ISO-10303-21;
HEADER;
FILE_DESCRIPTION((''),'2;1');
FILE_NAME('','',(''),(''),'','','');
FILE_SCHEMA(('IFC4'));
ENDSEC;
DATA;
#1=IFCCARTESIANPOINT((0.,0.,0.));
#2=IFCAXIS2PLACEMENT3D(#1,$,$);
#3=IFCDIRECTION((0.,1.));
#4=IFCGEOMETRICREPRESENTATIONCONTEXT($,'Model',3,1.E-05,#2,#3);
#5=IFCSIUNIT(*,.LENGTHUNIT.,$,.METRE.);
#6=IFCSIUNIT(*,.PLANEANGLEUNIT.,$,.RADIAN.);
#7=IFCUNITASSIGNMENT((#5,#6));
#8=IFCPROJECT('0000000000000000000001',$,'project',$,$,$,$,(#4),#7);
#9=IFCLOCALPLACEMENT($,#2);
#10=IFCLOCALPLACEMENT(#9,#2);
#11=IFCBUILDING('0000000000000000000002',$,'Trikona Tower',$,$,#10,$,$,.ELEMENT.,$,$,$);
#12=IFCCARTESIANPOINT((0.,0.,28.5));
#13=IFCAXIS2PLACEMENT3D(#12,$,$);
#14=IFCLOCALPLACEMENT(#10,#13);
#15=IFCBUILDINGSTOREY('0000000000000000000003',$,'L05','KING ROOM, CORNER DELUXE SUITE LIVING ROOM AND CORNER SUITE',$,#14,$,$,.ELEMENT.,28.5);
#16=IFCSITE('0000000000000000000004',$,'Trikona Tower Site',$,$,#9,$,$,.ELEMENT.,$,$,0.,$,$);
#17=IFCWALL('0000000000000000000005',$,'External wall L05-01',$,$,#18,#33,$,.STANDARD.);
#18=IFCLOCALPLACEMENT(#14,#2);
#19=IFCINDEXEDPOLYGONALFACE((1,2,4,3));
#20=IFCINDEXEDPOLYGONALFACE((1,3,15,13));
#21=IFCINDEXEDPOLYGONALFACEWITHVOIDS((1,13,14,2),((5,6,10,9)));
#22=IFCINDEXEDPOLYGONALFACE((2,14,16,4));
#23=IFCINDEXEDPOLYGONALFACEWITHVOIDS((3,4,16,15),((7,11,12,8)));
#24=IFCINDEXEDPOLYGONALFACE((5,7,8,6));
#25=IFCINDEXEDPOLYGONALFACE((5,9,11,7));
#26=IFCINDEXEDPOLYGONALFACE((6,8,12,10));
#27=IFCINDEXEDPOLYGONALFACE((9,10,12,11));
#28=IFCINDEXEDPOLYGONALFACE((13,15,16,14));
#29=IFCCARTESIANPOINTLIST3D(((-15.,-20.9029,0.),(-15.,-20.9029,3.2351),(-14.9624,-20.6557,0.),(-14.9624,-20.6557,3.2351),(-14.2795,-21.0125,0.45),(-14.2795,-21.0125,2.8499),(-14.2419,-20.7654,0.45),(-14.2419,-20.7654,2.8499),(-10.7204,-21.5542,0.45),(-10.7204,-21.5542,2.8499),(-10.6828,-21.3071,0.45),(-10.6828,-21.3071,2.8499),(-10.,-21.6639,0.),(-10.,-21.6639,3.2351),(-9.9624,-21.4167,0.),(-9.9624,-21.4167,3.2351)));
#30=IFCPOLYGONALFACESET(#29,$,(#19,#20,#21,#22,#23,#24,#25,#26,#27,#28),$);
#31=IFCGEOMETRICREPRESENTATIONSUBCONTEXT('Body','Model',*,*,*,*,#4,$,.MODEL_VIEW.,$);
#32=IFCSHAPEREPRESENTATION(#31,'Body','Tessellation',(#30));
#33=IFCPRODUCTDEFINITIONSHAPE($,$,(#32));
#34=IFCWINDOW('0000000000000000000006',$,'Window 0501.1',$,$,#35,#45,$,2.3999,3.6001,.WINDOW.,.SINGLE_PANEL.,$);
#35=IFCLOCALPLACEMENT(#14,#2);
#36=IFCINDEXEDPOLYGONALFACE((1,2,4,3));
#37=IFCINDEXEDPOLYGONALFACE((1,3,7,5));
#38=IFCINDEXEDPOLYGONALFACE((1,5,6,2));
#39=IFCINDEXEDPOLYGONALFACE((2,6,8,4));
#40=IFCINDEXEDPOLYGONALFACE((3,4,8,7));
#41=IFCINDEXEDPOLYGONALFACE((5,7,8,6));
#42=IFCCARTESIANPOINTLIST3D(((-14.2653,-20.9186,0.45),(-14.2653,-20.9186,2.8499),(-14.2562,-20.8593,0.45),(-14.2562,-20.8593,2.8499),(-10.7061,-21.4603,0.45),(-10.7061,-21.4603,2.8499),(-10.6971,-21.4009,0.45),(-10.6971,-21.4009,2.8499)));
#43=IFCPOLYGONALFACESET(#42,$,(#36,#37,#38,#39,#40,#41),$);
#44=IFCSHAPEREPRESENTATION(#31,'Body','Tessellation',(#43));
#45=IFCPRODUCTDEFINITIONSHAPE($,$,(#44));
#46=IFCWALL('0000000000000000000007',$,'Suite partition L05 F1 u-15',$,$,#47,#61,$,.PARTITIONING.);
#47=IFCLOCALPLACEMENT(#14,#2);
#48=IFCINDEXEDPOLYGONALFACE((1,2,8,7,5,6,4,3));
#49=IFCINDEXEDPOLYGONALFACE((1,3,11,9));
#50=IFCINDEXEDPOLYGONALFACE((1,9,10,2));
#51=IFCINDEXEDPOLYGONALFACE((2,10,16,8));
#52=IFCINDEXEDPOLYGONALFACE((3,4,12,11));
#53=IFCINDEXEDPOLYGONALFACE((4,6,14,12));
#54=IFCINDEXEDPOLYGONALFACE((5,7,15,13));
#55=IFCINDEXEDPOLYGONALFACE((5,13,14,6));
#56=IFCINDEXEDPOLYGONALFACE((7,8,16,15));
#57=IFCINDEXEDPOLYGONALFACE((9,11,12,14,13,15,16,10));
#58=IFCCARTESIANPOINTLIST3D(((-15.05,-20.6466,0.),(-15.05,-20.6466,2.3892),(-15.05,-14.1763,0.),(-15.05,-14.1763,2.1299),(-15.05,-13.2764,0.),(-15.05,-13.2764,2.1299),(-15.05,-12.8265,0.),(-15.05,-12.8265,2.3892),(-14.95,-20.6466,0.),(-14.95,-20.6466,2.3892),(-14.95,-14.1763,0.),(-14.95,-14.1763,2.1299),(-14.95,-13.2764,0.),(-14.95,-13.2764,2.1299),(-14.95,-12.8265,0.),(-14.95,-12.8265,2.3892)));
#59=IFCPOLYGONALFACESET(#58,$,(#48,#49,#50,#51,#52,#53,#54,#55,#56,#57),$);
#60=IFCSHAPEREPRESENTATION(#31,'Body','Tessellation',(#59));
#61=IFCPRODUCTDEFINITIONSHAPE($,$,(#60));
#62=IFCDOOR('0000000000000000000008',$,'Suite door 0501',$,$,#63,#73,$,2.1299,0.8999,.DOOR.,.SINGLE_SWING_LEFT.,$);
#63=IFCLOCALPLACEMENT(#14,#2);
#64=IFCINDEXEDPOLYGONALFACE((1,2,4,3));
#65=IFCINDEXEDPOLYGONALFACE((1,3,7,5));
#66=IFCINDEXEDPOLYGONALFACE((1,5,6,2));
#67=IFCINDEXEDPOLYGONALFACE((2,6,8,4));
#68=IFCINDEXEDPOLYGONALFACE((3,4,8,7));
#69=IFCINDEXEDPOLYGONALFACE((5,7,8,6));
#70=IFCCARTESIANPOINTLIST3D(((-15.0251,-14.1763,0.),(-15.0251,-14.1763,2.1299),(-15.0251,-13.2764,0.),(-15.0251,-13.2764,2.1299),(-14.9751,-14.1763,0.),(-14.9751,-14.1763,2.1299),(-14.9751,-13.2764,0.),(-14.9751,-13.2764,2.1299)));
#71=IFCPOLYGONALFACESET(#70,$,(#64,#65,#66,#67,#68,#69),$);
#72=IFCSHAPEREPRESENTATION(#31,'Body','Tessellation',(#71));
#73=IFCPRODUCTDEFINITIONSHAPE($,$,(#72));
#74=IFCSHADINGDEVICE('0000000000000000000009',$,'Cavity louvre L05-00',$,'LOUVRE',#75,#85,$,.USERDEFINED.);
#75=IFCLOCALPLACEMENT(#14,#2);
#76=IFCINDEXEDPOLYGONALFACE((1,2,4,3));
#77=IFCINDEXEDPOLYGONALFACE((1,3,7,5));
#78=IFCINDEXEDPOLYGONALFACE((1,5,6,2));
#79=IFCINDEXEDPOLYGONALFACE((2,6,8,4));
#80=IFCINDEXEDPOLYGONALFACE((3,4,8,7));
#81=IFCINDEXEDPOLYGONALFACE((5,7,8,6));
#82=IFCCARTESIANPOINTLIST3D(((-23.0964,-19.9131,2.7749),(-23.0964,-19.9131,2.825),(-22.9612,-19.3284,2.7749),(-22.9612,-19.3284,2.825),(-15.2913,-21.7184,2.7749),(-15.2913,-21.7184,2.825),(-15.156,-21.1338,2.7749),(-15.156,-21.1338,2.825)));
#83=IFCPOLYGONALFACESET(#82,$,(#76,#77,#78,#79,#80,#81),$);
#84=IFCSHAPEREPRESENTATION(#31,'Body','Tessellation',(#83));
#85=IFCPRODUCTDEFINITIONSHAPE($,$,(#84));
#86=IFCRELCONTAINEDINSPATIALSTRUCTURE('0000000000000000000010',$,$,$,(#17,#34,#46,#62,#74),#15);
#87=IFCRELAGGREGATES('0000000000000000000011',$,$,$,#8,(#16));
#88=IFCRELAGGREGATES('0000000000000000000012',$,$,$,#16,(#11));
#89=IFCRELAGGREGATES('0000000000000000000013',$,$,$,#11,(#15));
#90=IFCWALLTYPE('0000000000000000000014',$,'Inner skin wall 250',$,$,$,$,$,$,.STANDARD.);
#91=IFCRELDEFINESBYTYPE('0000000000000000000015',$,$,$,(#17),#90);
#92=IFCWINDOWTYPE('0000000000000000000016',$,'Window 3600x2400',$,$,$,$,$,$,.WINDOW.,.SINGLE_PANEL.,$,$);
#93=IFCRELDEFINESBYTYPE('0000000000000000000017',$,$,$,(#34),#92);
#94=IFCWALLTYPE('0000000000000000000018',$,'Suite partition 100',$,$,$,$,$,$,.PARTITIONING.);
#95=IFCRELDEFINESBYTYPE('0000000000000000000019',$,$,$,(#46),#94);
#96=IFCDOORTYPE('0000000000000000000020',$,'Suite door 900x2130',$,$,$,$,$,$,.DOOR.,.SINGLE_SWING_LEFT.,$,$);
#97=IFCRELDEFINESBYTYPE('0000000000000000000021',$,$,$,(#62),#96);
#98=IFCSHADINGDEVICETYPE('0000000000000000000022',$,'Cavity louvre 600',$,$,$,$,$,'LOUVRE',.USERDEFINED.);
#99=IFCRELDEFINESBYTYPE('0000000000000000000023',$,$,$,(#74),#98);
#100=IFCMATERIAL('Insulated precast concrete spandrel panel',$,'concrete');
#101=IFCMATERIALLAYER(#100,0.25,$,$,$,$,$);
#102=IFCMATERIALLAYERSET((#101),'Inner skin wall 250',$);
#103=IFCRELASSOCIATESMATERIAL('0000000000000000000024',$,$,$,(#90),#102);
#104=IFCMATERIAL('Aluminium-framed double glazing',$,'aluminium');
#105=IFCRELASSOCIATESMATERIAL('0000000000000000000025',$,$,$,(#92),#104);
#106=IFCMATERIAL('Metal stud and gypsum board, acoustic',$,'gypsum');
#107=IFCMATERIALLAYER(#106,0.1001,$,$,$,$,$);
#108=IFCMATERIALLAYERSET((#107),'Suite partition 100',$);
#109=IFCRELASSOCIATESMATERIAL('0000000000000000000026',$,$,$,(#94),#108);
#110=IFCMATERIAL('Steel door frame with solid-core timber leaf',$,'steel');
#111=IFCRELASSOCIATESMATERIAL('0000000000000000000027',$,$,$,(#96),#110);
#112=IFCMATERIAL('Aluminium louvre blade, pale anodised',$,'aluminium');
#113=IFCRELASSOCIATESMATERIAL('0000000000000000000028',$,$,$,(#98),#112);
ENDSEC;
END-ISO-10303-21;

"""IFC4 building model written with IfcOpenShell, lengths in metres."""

from ifc_helpers import new_model, si_unit, direction, frame, frame_2d, origin, origin_2d, place, context, subcontext, project, spatial, rectangle, extrude, material, layer, layer_set, type_object, element, fill, save


model = new_model("IFC4")

# Units and contexts
model_context = context("Model", 3, precision=1e-05, world=origin(), true_north=direction((0.0, 1.0)))
body_context = subcontext(model_context, "Body", "Model", "MODEL_VIEW")
ifc_project = project(units=[si_unit("LENGTHUNIT", "METRE"), si_unit("PLANEANGLEUNIT", "RADIAN")], contexts=[model_context])

# Site, building, storey
site_placement = place(None, origin())
site = spatial("IfcSite", under=ifc_project, at=site_placement, Name="Trikona Tower Site", CompositionType="ELEMENT", RefElevation=0.0)
building_placement = place(site_placement, origin())
building = spatial("IfcBuilding", under=site, at=building_placement, Name="Trikona Tower", CompositionType="ELEMENT")
storey_placement = place(building_placement, frame((0.0, 0.0, 28.5)))
storey = spatial("IfcBuildingStorey", under=building, at=storey_placement, Name="L05", Description="KING ROOM, CORNER DELUXE SUITE LIVING ROOM AND CORNER SUITE", CompositionType="ELEMENT", Elevation=28.5)

# Wall, opening, window
ifc_material_1 = material(Name="Insulated precast concrete spandrel panel", Category="concrete")
ifc_layer_1 = layer(ifc_material_1, 0.25)
ifc_layer_set_1 = layer_set([ifc_layer_1], Name="Inner skin wall 250")
wall_type_1 = type_object("IfcWallType", Name="Inner skin wall 250", PredefinedType="STANDARD", material=ifc_layer_set_1)
wall_1_placement = place(storey_placement, frame((-14.9812, -20.7793, 0.0), z_axis=(0.0, 0.0, 1.0), x_axis=(0.988615, -0.150465, 0.0)))
wall_1 = element("IfcWall", 1, at=wall_1_placement, inside=storey, type_object=wall_type_1, Name="External wall L05-01", PredefinedType="STANDARD", context=body_context, shape_type="SweptSolid", body=[
    extrude(rectangle(XDim=5.0576, YDim=0.25, at=frame_2d((2.5288, 0.0))), origin(), (0.0, 0.0, 1.0), 3.2351),
])
opening_1_placement = place(wall_1_placement, frame((0.7288, 0.0, 0.45)))
opening_1 = element("IfcOpeningElement", 2, at=opening_1_placement, cuts=wall_1, PredefinedType="OPENING", context=body_context, shape_type="SweptSolid", body=[
    extrude(rectangle(XDim=3.6001, YDim=2.3999, at=frame_2d((1.8, 1.2))), frame((0.0, 0.135, 0.0), z_axis=(0.0, -1.0, 0.0), x_axis=(1.0, 0.0, 0.0)), (0.0, 0.0, 1.0), 0.27),
])
ifc_material_2 = material(Name="Aluminium-framed double glazing", Category="aluminium")
window_type = type_object("IfcWindowType", Name="Window 3600x2400", PartitioningType="SINGLE_PANEL", PredefinedType="WINDOW", material=ifc_material_2)
window_placement = place(opening_1_placement, origin())
window = element("IfcWindow", 3, at=window_placement, inside=storey, type_object=window_type, Name="Window 0501.1", OverallHeight=2.3999, OverallWidth=3.6001, PartitioningType="SINGLE_PANEL", PredefinedType="WINDOW", context=body_context, shape_type="SweptSolid", body=[
    extrude(rectangle(XDim=3.6001, YDim=2.3999, at=frame_2d((1.8, 1.2))), frame((0.0, 0.03, 0.0), z_axis=(0.0, -1.0, 0.0), x_axis=(1.0, 0.0, 0.0)), (0.0, 0.0, 1.0), 0.0601),
])
fill(opening_1, window)

# Wall, opening, door
ifc_material_3 = material(Name="Metal stud and gypsum board, acoustic", Category="gypsum")
ifc_layer_2 = layer(ifc_material_3, 0.1001)
ifc_layer_set_2 = layer_set([ifc_layer_2], Name="Suite partition 100")
wall_type_2 = type_object("IfcWallType", Name="Suite partition 100", PredefinedType="PARTITIONING", material=ifc_layer_set_2)
wall_2_placement = place(storey_placement, frame((-15.0, -12.8264, 0.0), z_axis=(0.0, 0.0, 1.0), x_axis=(0.0, -1.0, 0.0)))
wall_2 = element("IfcWall", 4, at=wall_2_placement, inside=storey, type_object=wall_type_2, Name="Suite partition L05 F1 u-15", PredefinedType="PARTITIONING", context=body_context, shape_type="SweptSolid", body=[
    extrude(rectangle(XDim=7.8201, YDim=0.1001, at=frame_2d((3.9102, 0.0))), origin(), (0.0, 0.0, 1.0), 2.3892),
])
opening_2_placement = place(wall_2_placement, frame((0.45, 0.0, 0.0)))
opening_2 = element("IfcOpeningElement", 5, at=opening_2_placement, cuts=wall_2, PredefinedType="OPENING", context=body_context, shape_type="SweptSolid", body=[
    extrude(rectangle(XDim=0.8999, YDim=2.1299, at=frame_2d((0.45, 1.0649))), frame((0.0, 0.0601, 0.0), z_axis=(0.0, -1.0, 0.0), x_axis=(1.0, 0.0, 0.0)), (0.0, 0.0, 1.0), 0.1201),
])
ifc_material_4 = material(Name="Steel door frame with solid-core timber leaf", Category="steel")
door_type_1 = type_object("IfcDoorType", Name="Suite door 900x2130", OperationType="SINGLE_SWING_LEFT", PredefinedType="DOOR", material=ifc_material_4)
door_1_placement = place(opening_2_placement, origin())
door_1 = element("IfcDoor", 6, at=door_1_placement, inside=storey, type_object=door_type_1, Name="Suite door 0501", OperationType="SINGLE_SWING_LEFT", OverallHeight=2.1299, OverallWidth=0.8999, PredefinedType="DOOR", context=body_context, shape_type="SweptSolid", body=[
    extrude(rectangle(XDim=0.8999, YDim=2.1299, at=frame_2d((0.45, 1.0649))), frame((0.0, 0.0249, 0.0), z_axis=(0.0, -1.0, 0.0), x_axis=(1.0, 0.0, 0.0)), (0.0, 0.0, 1.0), 0.05),
])
fill(opening_2, door_1)

# Shading device
ifc_material_5 = material(Name="Aluminium louvre blade, pale anodised", Category="aluminium")
shading_device_type = type_object("IfcShadingDeviceType", Name="Cavity louvre 600", ElementType="LOUVRE", PredefinedType="USERDEFINED", material=ifc_material_5)
shading_device_placement = place(storey_placement, frame((-19.1262, -20.5234, 2.7749), z_axis=(0.0, 0.0, 1.0), x_axis=(0.974278, -0.225351, 0.0)))
element("IfcShadingDevice", 7, at=shading_device_placement, inside=storey, type_object=shading_device_type, Name="Cavity louvre L05-00", ObjectType="LOUVRE", PredefinedType="USERDEFINED", context=body_context, shape_type="SweptSolid", body=[
    extrude(rectangle(XDim=8.0112, YDim=0.6001, at=origin_2d()), origin(), (0.0, 0.0, 1.0), 0.05),
])

save(model, "model.ifc")
